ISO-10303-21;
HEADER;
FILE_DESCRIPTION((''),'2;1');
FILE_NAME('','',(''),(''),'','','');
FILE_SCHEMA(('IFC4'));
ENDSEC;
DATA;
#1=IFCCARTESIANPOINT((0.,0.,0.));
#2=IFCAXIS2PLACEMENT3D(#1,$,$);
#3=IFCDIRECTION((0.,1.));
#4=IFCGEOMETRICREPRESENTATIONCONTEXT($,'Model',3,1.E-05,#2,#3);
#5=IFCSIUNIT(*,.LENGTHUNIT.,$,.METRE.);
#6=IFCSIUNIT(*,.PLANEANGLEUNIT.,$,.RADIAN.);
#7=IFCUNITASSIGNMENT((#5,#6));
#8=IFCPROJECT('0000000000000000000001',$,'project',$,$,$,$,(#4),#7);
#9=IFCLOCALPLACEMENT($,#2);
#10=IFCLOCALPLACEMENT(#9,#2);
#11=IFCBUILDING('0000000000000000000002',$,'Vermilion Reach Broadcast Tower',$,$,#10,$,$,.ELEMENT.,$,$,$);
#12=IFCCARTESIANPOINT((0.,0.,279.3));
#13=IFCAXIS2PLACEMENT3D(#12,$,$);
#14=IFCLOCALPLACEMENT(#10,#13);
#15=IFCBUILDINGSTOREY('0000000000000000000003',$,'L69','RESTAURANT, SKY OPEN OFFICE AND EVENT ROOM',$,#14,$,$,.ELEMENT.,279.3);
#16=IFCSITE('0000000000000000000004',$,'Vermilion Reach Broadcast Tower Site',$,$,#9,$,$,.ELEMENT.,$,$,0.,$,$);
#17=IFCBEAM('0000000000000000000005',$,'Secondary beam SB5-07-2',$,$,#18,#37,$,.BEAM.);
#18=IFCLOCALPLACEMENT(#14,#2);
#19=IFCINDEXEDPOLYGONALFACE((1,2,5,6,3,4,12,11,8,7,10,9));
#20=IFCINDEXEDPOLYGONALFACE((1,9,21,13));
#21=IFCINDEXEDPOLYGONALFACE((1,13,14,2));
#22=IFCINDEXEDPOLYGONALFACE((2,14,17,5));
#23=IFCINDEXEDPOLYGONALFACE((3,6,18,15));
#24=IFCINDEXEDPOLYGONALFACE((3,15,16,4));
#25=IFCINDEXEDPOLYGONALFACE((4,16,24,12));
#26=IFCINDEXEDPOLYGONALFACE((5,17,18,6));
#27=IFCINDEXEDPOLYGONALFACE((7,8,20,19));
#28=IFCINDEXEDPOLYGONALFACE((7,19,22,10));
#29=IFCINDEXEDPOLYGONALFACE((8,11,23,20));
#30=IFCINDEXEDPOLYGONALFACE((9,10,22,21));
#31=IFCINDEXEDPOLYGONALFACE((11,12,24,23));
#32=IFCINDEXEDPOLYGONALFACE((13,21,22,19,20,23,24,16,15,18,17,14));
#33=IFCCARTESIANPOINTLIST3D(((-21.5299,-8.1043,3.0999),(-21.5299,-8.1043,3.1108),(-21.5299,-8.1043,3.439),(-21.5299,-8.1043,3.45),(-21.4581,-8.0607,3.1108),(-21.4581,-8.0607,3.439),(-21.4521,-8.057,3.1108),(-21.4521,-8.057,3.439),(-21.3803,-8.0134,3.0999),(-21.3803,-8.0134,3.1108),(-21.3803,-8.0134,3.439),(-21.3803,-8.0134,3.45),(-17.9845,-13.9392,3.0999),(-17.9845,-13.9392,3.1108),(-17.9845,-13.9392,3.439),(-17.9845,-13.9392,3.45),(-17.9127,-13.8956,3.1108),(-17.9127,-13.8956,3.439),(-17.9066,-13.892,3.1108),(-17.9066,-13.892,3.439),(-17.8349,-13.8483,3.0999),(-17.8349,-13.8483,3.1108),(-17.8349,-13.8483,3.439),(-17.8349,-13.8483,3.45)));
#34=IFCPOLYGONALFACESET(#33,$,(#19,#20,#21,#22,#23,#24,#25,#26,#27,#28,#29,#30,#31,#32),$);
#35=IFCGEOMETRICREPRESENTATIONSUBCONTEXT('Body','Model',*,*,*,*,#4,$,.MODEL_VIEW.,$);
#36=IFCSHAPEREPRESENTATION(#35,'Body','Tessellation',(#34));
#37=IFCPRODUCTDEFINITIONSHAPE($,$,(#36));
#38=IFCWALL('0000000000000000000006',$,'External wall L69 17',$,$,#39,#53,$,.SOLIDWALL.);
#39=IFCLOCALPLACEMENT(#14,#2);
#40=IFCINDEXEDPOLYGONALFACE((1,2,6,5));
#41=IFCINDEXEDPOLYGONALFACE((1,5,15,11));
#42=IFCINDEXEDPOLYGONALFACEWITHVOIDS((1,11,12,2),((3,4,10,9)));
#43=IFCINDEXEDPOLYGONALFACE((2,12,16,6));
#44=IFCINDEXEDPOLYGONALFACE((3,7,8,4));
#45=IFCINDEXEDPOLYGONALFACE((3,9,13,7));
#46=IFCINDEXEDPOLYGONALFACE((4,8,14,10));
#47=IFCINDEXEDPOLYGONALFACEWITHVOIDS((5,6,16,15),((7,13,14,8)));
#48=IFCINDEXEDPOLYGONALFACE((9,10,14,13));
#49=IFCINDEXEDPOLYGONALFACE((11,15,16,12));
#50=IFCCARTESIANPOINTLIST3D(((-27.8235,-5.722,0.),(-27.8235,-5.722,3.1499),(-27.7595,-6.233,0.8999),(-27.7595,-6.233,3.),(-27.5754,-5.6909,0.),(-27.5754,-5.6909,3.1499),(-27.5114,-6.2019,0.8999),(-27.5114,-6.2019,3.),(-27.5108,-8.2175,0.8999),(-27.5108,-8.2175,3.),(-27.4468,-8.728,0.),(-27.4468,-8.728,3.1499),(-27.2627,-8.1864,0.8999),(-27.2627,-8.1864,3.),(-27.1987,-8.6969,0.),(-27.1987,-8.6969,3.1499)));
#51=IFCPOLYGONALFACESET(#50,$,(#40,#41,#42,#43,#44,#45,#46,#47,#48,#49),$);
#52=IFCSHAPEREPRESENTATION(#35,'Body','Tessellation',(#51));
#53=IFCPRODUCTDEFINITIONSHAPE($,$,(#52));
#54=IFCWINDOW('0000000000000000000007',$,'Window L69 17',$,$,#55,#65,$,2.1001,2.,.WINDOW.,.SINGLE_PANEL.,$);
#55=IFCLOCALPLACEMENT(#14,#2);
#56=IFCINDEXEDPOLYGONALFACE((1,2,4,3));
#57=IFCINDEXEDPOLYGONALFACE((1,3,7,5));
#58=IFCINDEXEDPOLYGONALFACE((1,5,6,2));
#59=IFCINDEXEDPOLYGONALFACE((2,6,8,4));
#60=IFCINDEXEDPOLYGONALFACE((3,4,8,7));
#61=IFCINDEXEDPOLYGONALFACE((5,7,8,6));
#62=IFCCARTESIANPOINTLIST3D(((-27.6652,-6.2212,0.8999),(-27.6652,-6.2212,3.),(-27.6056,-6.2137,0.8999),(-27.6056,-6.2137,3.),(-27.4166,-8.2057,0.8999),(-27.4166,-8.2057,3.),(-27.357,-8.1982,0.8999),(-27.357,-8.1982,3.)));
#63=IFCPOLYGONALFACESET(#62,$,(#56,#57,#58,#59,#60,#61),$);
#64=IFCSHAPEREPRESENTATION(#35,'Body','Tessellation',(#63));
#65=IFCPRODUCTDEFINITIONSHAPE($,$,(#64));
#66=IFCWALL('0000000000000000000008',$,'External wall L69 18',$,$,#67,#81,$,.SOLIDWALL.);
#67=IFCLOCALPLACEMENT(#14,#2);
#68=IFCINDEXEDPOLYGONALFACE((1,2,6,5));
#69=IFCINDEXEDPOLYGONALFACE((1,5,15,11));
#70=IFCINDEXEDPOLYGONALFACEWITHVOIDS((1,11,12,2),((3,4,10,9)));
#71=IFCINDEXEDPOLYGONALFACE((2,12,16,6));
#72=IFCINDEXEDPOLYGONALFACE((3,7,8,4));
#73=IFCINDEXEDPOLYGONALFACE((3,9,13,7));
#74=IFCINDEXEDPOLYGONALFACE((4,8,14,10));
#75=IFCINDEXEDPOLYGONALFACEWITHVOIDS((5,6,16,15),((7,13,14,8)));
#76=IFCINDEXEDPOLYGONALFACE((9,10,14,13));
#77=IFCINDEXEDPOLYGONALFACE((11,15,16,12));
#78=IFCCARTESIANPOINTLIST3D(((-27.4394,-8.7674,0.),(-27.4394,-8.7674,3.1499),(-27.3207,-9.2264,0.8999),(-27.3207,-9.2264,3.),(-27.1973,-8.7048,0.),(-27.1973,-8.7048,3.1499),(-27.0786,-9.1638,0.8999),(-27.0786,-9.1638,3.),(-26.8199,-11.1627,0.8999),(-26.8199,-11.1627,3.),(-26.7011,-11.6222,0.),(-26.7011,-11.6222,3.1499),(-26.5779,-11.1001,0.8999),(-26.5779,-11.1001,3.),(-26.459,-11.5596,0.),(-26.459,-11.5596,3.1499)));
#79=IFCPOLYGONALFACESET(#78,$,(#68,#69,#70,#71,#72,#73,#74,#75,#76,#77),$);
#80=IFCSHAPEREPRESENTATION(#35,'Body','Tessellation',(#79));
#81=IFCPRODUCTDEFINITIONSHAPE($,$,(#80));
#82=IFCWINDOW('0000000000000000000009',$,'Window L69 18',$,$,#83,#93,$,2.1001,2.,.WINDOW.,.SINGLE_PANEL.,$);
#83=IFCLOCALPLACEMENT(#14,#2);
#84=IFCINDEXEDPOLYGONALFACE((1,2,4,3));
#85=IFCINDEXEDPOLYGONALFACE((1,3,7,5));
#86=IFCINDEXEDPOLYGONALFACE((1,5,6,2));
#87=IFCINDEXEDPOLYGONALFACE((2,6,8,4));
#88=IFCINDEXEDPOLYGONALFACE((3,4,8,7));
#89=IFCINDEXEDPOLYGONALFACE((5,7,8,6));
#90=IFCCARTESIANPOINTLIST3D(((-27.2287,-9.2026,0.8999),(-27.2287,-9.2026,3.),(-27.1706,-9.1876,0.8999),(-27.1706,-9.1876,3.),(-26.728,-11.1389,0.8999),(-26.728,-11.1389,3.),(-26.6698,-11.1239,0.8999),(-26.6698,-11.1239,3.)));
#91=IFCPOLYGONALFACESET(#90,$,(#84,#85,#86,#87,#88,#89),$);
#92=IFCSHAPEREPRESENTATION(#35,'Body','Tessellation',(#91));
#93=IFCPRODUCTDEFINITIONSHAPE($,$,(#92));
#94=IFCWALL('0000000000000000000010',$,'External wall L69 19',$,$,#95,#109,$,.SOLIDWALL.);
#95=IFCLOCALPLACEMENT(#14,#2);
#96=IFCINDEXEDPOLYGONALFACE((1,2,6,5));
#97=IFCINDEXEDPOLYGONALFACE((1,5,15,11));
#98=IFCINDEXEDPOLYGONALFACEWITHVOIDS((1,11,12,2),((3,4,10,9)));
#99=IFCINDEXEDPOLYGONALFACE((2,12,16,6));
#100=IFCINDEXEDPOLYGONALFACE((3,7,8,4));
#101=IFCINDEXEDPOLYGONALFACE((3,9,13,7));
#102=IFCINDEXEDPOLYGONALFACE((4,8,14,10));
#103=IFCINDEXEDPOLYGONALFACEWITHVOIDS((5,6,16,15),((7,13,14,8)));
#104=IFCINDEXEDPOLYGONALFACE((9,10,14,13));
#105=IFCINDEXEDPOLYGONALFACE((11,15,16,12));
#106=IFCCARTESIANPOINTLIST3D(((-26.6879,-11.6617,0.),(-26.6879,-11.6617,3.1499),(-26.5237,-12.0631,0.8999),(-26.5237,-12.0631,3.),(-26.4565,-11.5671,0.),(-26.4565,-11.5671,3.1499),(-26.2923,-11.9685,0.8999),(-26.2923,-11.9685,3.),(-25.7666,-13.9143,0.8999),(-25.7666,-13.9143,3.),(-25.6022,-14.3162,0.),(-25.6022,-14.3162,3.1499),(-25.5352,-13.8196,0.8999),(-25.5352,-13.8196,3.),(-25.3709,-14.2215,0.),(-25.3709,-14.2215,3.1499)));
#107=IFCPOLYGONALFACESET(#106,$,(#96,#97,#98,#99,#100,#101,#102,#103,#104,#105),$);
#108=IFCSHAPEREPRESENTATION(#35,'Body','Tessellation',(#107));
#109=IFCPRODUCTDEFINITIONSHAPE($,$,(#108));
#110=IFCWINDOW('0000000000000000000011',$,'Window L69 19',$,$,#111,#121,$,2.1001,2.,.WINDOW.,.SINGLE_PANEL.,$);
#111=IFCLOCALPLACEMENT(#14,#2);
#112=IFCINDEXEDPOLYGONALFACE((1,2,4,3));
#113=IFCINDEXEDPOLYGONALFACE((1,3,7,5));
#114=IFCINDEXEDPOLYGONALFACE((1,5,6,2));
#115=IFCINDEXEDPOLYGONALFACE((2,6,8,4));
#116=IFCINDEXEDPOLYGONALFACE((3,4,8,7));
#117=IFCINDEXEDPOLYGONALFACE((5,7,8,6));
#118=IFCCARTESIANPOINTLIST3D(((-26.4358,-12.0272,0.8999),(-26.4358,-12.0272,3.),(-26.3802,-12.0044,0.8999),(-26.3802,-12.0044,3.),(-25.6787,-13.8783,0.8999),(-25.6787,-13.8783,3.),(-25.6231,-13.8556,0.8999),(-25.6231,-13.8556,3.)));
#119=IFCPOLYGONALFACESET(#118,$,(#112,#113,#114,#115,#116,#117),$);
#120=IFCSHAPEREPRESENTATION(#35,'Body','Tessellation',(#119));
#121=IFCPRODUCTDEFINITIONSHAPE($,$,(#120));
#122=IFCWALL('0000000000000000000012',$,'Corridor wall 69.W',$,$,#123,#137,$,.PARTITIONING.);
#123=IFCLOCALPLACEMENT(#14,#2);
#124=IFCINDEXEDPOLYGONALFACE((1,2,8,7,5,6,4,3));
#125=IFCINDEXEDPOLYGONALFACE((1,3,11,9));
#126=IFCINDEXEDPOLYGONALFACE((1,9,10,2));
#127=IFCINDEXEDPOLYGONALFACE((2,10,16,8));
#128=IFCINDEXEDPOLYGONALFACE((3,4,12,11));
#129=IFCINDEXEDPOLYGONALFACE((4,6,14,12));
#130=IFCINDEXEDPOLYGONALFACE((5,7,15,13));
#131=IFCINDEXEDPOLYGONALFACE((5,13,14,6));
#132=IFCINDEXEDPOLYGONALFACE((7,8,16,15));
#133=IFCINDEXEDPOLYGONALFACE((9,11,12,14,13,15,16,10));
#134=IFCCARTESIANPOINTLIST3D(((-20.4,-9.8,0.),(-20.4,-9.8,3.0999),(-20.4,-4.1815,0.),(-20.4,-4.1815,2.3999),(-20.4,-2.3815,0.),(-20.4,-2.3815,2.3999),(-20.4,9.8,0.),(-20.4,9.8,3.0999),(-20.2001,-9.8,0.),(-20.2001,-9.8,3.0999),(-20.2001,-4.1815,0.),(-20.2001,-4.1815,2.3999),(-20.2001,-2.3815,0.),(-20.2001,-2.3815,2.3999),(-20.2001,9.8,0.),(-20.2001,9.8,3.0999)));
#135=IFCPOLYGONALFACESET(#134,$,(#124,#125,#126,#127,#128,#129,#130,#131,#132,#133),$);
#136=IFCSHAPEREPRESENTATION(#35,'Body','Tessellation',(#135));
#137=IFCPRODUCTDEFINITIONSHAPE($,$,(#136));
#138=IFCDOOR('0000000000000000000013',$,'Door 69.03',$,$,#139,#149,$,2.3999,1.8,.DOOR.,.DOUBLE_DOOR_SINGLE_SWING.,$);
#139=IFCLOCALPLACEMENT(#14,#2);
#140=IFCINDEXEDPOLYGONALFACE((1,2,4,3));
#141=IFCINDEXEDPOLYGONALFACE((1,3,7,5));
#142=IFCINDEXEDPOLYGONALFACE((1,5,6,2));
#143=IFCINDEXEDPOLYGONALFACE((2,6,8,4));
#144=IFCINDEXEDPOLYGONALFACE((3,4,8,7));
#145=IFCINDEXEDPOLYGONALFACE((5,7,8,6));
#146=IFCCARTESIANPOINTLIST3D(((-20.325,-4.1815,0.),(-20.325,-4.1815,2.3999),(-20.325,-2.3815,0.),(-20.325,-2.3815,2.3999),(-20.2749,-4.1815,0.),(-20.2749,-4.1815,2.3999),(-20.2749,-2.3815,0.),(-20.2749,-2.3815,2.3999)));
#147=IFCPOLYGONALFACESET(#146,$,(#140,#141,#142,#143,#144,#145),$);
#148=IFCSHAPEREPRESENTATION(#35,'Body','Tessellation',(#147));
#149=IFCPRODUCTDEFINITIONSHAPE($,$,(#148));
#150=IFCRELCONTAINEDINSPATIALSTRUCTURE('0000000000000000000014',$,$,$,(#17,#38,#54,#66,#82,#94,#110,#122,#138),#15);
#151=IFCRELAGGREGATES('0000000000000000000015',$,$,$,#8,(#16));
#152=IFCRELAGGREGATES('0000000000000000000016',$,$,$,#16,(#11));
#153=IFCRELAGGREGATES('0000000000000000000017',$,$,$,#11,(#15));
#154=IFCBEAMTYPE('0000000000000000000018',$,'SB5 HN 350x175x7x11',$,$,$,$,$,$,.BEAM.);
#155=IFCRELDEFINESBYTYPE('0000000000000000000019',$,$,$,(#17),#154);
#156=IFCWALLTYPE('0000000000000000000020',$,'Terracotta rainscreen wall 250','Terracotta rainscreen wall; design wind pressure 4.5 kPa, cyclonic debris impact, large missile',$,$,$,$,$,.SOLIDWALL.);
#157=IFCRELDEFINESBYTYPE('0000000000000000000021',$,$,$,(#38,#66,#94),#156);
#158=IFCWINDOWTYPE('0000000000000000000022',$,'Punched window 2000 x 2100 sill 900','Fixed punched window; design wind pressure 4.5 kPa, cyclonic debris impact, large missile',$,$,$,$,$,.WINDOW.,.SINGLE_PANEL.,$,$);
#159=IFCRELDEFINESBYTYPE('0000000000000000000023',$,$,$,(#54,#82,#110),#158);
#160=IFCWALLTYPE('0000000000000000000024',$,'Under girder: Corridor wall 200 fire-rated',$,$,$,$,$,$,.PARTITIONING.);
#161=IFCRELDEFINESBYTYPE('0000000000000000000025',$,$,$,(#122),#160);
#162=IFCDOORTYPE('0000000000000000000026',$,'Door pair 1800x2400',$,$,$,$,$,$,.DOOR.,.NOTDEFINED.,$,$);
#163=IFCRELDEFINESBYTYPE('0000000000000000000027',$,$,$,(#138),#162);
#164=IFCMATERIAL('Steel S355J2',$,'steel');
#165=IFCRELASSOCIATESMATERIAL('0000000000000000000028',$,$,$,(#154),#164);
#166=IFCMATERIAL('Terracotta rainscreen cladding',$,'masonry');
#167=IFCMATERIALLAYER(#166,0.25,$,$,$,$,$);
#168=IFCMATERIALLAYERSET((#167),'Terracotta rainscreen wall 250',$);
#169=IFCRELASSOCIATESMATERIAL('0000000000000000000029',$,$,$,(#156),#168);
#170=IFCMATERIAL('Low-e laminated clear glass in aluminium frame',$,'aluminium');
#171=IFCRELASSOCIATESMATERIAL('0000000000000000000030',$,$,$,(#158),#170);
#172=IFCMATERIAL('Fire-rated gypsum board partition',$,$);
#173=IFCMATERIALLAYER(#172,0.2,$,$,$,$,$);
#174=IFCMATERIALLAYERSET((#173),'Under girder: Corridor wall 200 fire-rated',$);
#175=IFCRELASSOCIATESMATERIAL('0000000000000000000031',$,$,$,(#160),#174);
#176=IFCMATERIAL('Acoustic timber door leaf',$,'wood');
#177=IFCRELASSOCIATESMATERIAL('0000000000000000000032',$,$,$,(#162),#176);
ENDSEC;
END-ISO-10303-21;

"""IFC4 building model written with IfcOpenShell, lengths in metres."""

from ifc_helpers import new_model, si_unit, direction, frame, frame_2d, origin, origin_2d, place, context, subcontext, project, spatial, rectangle, i_section, extrude, material, layer, layer_set, material_profile, profile_set, type_object, element, fill, save


model = new_model("IFC4")

# Units and contexts
model_context = context("Model", 3, precision=1e-05, world=origin(), true_north=direction((0.0, 1.0)))
body_context = subcontext(model_context, "Body", "Model", "MODEL_VIEW")
ifc_project = project(units=[si_unit("LENGTHUNIT", "METRE"), si_unit("PLANEANGLEUNIT", "RADIAN")], contexts=[model_context])

# Site, building, storey
site_placement = place(None, origin())
site = spatial("IfcSite", under=ifc_project, at=site_placement, Name="Vermilion Reach Broadcast Tower Site", CompositionType="ELEMENT", RefElevation=0.0)
building_placement = place(site_placement, origin())
building = spatial("IfcBuilding", under=site, at=building_placement, Name="Vermilion Reach Broadcast Tower", CompositionType="ELEMENT")
storey_placement = place(building_placement, frame((0.0, 0.0, 279.3)))
storey = spatial("IfcBuildingStorey", under=building, at=storey_placement, Name="L69", Description="RESTAURANT, SKY OPEN OFFICE AND EVENT ROOM", CompositionType="ELEMENT", Elevation=279.3)

# Beam
ifc_material_1 = material(Name="Steel S355J2", Category="steel")
ifc_material_profile_1 = material_profile(ifc_material_1, i_section(OverallWidth=0.175, OverallDepth=0.3501, WebThickness=0.0071, FlangeThickness=0.011, at=origin_2d()), Name="S355J2 HN 350x175x7x11")
ifc_profile_set_1 = profile_set([ifc_material_profile_1], Name="Steel S355J2")
beam_type_1 = type_object("IfcBeamType", Name="SB5 HN 350x175x7x11", PredefinedType="BEAM", material=ifc_profile_set_1)
beam_1_placement = place(storey_placement, frame((-21.4551, -8.0588, 3.2749), z_axis=(0.519273, -0.854608, 0.0), x_axis=(0.854608, 0.519273, 0.0)))
element("IfcBeam", 1, at=beam_1_placement, inside=storey, type_object=beam_type_1, Name="Secondary beam SB5-07-2", PredefinedType="BEAM", context=body_context, shape_type="SweptSolid", body=[
    extrude(i_section(OverallWidth=0.175, OverallDepth=0.3501, WebThickness=0.0071, FlangeThickness=0.011, at=origin_2d()), origin(), (0.0, 0.0, 1.0), 6.8276),
])

# Shared definitions
ifc_material_2 = material(Name="Terracotta rainscreen cladding", Category="masonry")
ifc_layer_1 = layer(ifc_material_2, 0.25)
ifc_layer_set_1 = layer_set([ifc_layer_1], Name="Terracotta rainscreen wall 250")
wall_type_1 = type_object("IfcWallType", Name="Terracotta rainscreen wall 250", Description="Terracotta rainscreen wall; design wind pressure 4.5 kPa, cyclonic debris impact, large missile", PredefinedType="SOLIDWALL", material=ifc_layer_set_1)

# Walls, openings, windows
wall_1_placement = place(storey_placement, frame((-27.6995, -5.7065, 0.0), z_axis=(0.0, 0.0, 1.0), x_axis=(0.124342, -0.992239, 0.0)))
wall_1 = element("IfcWall", 2, at=wall_1_placement, inside=storey, type_object=wall_type_1, Name="External wall L69 17", PredefinedType="SOLIDWALL", context=body_context, shape_type="SweptSolid", body=[
    extrude(rectangle(XDim=3.0295, YDim=0.25, at=frame_2d((1.5146, 0.0))), origin(), (0.0, 0.0, 1.0), 3.1499),
])
opening_1_placement = place(wall_1_placement, frame((0.5149, 0.0, 0.8999)))
opening_1 = element("IfcOpeningElement", 3, at=opening_1_placement, cuts=wall_1, PredefinedType="OPENING", context=body_context, shape_type="SweptSolid", body=[
    extrude(rectangle(XDim=2.0, YDim=2.1001, at=frame_2d((1.0, 1.05))), frame((0.0, 0.135, 0.0), z_axis=(0.0, -1.0, 0.0), x_axis=(1.0, 0.0, 0.0)), (0.0, 0.0, 1.0), 0.27),
])
ifc_material_3 = material(Name="Low-e laminated clear glass in aluminium frame", Category="aluminium")
window_type = type_object("IfcWindowType", Name="Punched window 2000 x 2100 sill 900", Description="Fixed punched window; design wind pressure 4.5 kPa, cyclonic debris impact, large missile", PartitioningType="SINGLE_PANEL", PredefinedType="WINDOW", material=ifc_material_3)
window_1_placement = place(opening_1_placement, origin())
window_1 = element("IfcWindow", 4, at=window_1_placement, inside=storey, type_object=window_type, Name="Window L69 17", OverallHeight=2.1001, OverallWidth=2.0, PartitioningType="SINGLE_PANEL", PredefinedType="WINDOW", context=body_context, shape_type="SweptSolid", body=[
    extrude(rectangle(XDim=2.0, YDim=2.1001, at=frame_2d((1.0, 1.05))), frame((0.0, 0.03, 0.0), z_axis=(0.0, -1.0, 0.0), x_axis=(1.0, 0.0, 0.0)), (0.0, 0.0, 1.0), 0.0601),
])
fill(opening_1, window_1)
wall_2_placement = place(storey_placement, frame((-27.3184, -8.7361, 0.0), z_axis=(0.0, 0.0, 1.0), x_axis=(0.250379, -0.968148, 0.0)))
wall_2 = element("IfcWall", 5, at=wall_2_placement, inside=storey, type_object=wall_type_1, Name="External wall L69 18", PredefinedType="SOLIDWALL", context=body_context, shape_type="SweptSolid", body=[
    extrude(rectangle(XDim=2.9487, YDim=0.25, at=frame_2d((1.4744, 0.0))), origin(), (0.0, 0.0, 1.0), 3.1499),
])
opening_2_placement = place(wall_2_placement, frame((0.4741, 0.0, 0.8999)))
opening_2 = element("IfcOpeningElement", 6, at=opening_2_placement, cuts=wall_2, PredefinedType="OPENING", context=body_context, shape_type="SweptSolid", body=[
    extrude(rectangle(XDim=2.0, YDim=2.1001, at=frame_2d((1.0, 1.05))), frame((0.0, 0.135, 0.0), z_axis=(0.0, -1.0, 0.0), x_axis=(1.0, 0.0, 0.0)), (0.0, 0.0, 1.0), 0.27),
])
window_2_placement = place(opening_2_placement, origin())
window_2 = element("IfcWindow", 7, at=window_2_placement, inside=storey, type_object=window_type, Name="Window L69 18", OverallHeight=2.1001, OverallWidth=2.0, PartitioningType="SINGLE_PANEL", PredefinedType="WINDOW", context=body_context, shape_type="SweptSolid", body=[
    extrude(rectangle(XDim=2.0, YDim=2.1001, at=frame_2d((1.0, 1.05))), frame((0.0, 0.03, 0.0), z_axis=(0.0, -1.0, 0.0), x_axis=(1.0, 0.0, 0.0)), (0.0, 0.0, 1.0), 0.0601),
])
fill(opening_2, window_2)
wall_3_placement = place(storey_placement, frame((-26.5723, -11.6143, 0.0), z_axis=(0.0, 0.0, 1.0), x_axis=(0.378557, -0.925578, 0.0)))
wall_3 = element("IfcWall", 8, at=wall_3_placement, inside=storey, type_object=wall_type_1, Name="External wall L69 19", PredefinedType="SOLIDWALL", context=body_context, shape_type="SweptSolid", body=[
    extrude(rectangle(XDim=2.8679, YDim=0.25, at=frame_2d((1.4341, 0.0))), origin(), (0.0, 0.0, 1.0), 3.1499),
])
opening_3_placement = place(wall_3_placement, frame((0.4338, 0.0, 0.8999)))
opening_3 = element("IfcOpeningElement", 9, at=opening_3_placement, cuts=wall_3, PredefinedType="OPENING", context=body_context, shape_type="SweptSolid", body=[
    extrude(rectangle(XDim=2.0, YDim=2.1001, at=frame_2d((1.0, 1.05))), frame((0.0, 0.135, 0.0), z_axis=(0.0, -1.0, 0.0), x_axis=(1.0, 0.0, 0.0)), (0.0, 0.0, 1.0), 0.27),
])
window_3_placement = place(opening_3_placement, origin())
window_3 = element("IfcWindow", 10, at=window_3_placement, inside=storey, type_object=window_type, Name="Window L69 19", OverallHeight=2.1001, OverallWidth=2.0, PartitioningType="SINGLE_PANEL", PredefinedType="WINDOW", context=body_context, shape_type="SweptSolid", body=[
    extrude(rectangle(XDim=2.0, YDim=2.1001, at=frame_2d((1.0, 1.05))), frame((0.0, 0.03, 0.0), z_axis=(0.0, -1.0, 0.0), x_axis=(1.0, 0.0, 0.0)), (0.0, 0.0, 1.0), 0.0601),
])
fill(opening_3, window_3)

# Wall, opening, door
ifc_material_4 = material(Name="Fire-rated gypsum board partition")
ifc_layer_2 = layer(ifc_material_4, 0.2)
ifc_layer_set_2 = layer_set([ifc_layer_2], Name="Under girder: Corridor wall 200 fire-rated")
wall_type_2 = type_object("IfcWallType", Name="Under girder: Corridor wall 200 fire-rated", PredefinedType="PARTITIONING", material=ifc_layer_set_2)
wall_4_placement = place(storey_placement, frame((-20.3, -9.8, 0.0), z_axis=(0.0, 0.0, 1.0), x_axis=(0.0, 1.0, 0.0)))
wall_4 = element("IfcWall", 11, at=wall_4_placement, inside=storey, type_object=wall_type_2, Name="Corridor wall 69.W", PredefinedType="PARTITIONING", context=body_context, shape_type="SweptSolid", body=[
    extrude(rectangle(XDim=19.6001, YDim=0.2, at=frame_2d((9.8, 0.0))), origin(), (0.0, 0.0, 1.0), 3.0999),
])
opening_4_placement = place(wall_4_placement, frame((5.6187, 0.0, 0.0)))
opening_4 = element("IfcOpeningElement", 12, at=opening_4_placement, cuts=wall_4, PredefinedType="OPENING", context=body_context, shape_type="SweptSolid", body=[
    extrude(rectangle(XDim=1.8, YDim=2.3999, at=frame_2d((0.8999, 1.2))), frame((0.0, 0.1099, 0.0), z_axis=(0.0, -1.0, 0.0), x_axis=(1.0, 0.0, 0.0)), (0.0, 0.0, 1.0), 0.22),
])
ifc_material_5 = material(Name="Acoustic timber door leaf", Category="wood")
door_type_1 = type_object("IfcDoorType", Name="Door pair 1800x2400", OperationType="NOTDEFINED", PredefinedType="DOOR", material=ifc_material_5)
door_1_placement = place(opening_4_placement, origin())
door_1 = element("IfcDoor", 13, at=door_1_placement, inside=storey, type_object=door_type_1, Name="Door 69.03", OperationType="DOUBLE_DOOR_SINGLE_SWING", OverallHeight=2.3999, OverallWidth=1.8, PredefinedType="DOOR", context=body_context, shape_type="SweptSolid", body=[
    extrude(rectangle(XDim=1.8, YDim=2.3999, at=frame_2d((0.8999, 1.2))), frame((0.0, 0.0249, 0.0), z_axis=(0.0, -1.0, 0.0), x_axis=(1.0, 0.0, 0.0)), (0.0, 0.0, 1.0), 0.05),
])
fill(opening_4, door_1)

save(model, "model.ifc")
